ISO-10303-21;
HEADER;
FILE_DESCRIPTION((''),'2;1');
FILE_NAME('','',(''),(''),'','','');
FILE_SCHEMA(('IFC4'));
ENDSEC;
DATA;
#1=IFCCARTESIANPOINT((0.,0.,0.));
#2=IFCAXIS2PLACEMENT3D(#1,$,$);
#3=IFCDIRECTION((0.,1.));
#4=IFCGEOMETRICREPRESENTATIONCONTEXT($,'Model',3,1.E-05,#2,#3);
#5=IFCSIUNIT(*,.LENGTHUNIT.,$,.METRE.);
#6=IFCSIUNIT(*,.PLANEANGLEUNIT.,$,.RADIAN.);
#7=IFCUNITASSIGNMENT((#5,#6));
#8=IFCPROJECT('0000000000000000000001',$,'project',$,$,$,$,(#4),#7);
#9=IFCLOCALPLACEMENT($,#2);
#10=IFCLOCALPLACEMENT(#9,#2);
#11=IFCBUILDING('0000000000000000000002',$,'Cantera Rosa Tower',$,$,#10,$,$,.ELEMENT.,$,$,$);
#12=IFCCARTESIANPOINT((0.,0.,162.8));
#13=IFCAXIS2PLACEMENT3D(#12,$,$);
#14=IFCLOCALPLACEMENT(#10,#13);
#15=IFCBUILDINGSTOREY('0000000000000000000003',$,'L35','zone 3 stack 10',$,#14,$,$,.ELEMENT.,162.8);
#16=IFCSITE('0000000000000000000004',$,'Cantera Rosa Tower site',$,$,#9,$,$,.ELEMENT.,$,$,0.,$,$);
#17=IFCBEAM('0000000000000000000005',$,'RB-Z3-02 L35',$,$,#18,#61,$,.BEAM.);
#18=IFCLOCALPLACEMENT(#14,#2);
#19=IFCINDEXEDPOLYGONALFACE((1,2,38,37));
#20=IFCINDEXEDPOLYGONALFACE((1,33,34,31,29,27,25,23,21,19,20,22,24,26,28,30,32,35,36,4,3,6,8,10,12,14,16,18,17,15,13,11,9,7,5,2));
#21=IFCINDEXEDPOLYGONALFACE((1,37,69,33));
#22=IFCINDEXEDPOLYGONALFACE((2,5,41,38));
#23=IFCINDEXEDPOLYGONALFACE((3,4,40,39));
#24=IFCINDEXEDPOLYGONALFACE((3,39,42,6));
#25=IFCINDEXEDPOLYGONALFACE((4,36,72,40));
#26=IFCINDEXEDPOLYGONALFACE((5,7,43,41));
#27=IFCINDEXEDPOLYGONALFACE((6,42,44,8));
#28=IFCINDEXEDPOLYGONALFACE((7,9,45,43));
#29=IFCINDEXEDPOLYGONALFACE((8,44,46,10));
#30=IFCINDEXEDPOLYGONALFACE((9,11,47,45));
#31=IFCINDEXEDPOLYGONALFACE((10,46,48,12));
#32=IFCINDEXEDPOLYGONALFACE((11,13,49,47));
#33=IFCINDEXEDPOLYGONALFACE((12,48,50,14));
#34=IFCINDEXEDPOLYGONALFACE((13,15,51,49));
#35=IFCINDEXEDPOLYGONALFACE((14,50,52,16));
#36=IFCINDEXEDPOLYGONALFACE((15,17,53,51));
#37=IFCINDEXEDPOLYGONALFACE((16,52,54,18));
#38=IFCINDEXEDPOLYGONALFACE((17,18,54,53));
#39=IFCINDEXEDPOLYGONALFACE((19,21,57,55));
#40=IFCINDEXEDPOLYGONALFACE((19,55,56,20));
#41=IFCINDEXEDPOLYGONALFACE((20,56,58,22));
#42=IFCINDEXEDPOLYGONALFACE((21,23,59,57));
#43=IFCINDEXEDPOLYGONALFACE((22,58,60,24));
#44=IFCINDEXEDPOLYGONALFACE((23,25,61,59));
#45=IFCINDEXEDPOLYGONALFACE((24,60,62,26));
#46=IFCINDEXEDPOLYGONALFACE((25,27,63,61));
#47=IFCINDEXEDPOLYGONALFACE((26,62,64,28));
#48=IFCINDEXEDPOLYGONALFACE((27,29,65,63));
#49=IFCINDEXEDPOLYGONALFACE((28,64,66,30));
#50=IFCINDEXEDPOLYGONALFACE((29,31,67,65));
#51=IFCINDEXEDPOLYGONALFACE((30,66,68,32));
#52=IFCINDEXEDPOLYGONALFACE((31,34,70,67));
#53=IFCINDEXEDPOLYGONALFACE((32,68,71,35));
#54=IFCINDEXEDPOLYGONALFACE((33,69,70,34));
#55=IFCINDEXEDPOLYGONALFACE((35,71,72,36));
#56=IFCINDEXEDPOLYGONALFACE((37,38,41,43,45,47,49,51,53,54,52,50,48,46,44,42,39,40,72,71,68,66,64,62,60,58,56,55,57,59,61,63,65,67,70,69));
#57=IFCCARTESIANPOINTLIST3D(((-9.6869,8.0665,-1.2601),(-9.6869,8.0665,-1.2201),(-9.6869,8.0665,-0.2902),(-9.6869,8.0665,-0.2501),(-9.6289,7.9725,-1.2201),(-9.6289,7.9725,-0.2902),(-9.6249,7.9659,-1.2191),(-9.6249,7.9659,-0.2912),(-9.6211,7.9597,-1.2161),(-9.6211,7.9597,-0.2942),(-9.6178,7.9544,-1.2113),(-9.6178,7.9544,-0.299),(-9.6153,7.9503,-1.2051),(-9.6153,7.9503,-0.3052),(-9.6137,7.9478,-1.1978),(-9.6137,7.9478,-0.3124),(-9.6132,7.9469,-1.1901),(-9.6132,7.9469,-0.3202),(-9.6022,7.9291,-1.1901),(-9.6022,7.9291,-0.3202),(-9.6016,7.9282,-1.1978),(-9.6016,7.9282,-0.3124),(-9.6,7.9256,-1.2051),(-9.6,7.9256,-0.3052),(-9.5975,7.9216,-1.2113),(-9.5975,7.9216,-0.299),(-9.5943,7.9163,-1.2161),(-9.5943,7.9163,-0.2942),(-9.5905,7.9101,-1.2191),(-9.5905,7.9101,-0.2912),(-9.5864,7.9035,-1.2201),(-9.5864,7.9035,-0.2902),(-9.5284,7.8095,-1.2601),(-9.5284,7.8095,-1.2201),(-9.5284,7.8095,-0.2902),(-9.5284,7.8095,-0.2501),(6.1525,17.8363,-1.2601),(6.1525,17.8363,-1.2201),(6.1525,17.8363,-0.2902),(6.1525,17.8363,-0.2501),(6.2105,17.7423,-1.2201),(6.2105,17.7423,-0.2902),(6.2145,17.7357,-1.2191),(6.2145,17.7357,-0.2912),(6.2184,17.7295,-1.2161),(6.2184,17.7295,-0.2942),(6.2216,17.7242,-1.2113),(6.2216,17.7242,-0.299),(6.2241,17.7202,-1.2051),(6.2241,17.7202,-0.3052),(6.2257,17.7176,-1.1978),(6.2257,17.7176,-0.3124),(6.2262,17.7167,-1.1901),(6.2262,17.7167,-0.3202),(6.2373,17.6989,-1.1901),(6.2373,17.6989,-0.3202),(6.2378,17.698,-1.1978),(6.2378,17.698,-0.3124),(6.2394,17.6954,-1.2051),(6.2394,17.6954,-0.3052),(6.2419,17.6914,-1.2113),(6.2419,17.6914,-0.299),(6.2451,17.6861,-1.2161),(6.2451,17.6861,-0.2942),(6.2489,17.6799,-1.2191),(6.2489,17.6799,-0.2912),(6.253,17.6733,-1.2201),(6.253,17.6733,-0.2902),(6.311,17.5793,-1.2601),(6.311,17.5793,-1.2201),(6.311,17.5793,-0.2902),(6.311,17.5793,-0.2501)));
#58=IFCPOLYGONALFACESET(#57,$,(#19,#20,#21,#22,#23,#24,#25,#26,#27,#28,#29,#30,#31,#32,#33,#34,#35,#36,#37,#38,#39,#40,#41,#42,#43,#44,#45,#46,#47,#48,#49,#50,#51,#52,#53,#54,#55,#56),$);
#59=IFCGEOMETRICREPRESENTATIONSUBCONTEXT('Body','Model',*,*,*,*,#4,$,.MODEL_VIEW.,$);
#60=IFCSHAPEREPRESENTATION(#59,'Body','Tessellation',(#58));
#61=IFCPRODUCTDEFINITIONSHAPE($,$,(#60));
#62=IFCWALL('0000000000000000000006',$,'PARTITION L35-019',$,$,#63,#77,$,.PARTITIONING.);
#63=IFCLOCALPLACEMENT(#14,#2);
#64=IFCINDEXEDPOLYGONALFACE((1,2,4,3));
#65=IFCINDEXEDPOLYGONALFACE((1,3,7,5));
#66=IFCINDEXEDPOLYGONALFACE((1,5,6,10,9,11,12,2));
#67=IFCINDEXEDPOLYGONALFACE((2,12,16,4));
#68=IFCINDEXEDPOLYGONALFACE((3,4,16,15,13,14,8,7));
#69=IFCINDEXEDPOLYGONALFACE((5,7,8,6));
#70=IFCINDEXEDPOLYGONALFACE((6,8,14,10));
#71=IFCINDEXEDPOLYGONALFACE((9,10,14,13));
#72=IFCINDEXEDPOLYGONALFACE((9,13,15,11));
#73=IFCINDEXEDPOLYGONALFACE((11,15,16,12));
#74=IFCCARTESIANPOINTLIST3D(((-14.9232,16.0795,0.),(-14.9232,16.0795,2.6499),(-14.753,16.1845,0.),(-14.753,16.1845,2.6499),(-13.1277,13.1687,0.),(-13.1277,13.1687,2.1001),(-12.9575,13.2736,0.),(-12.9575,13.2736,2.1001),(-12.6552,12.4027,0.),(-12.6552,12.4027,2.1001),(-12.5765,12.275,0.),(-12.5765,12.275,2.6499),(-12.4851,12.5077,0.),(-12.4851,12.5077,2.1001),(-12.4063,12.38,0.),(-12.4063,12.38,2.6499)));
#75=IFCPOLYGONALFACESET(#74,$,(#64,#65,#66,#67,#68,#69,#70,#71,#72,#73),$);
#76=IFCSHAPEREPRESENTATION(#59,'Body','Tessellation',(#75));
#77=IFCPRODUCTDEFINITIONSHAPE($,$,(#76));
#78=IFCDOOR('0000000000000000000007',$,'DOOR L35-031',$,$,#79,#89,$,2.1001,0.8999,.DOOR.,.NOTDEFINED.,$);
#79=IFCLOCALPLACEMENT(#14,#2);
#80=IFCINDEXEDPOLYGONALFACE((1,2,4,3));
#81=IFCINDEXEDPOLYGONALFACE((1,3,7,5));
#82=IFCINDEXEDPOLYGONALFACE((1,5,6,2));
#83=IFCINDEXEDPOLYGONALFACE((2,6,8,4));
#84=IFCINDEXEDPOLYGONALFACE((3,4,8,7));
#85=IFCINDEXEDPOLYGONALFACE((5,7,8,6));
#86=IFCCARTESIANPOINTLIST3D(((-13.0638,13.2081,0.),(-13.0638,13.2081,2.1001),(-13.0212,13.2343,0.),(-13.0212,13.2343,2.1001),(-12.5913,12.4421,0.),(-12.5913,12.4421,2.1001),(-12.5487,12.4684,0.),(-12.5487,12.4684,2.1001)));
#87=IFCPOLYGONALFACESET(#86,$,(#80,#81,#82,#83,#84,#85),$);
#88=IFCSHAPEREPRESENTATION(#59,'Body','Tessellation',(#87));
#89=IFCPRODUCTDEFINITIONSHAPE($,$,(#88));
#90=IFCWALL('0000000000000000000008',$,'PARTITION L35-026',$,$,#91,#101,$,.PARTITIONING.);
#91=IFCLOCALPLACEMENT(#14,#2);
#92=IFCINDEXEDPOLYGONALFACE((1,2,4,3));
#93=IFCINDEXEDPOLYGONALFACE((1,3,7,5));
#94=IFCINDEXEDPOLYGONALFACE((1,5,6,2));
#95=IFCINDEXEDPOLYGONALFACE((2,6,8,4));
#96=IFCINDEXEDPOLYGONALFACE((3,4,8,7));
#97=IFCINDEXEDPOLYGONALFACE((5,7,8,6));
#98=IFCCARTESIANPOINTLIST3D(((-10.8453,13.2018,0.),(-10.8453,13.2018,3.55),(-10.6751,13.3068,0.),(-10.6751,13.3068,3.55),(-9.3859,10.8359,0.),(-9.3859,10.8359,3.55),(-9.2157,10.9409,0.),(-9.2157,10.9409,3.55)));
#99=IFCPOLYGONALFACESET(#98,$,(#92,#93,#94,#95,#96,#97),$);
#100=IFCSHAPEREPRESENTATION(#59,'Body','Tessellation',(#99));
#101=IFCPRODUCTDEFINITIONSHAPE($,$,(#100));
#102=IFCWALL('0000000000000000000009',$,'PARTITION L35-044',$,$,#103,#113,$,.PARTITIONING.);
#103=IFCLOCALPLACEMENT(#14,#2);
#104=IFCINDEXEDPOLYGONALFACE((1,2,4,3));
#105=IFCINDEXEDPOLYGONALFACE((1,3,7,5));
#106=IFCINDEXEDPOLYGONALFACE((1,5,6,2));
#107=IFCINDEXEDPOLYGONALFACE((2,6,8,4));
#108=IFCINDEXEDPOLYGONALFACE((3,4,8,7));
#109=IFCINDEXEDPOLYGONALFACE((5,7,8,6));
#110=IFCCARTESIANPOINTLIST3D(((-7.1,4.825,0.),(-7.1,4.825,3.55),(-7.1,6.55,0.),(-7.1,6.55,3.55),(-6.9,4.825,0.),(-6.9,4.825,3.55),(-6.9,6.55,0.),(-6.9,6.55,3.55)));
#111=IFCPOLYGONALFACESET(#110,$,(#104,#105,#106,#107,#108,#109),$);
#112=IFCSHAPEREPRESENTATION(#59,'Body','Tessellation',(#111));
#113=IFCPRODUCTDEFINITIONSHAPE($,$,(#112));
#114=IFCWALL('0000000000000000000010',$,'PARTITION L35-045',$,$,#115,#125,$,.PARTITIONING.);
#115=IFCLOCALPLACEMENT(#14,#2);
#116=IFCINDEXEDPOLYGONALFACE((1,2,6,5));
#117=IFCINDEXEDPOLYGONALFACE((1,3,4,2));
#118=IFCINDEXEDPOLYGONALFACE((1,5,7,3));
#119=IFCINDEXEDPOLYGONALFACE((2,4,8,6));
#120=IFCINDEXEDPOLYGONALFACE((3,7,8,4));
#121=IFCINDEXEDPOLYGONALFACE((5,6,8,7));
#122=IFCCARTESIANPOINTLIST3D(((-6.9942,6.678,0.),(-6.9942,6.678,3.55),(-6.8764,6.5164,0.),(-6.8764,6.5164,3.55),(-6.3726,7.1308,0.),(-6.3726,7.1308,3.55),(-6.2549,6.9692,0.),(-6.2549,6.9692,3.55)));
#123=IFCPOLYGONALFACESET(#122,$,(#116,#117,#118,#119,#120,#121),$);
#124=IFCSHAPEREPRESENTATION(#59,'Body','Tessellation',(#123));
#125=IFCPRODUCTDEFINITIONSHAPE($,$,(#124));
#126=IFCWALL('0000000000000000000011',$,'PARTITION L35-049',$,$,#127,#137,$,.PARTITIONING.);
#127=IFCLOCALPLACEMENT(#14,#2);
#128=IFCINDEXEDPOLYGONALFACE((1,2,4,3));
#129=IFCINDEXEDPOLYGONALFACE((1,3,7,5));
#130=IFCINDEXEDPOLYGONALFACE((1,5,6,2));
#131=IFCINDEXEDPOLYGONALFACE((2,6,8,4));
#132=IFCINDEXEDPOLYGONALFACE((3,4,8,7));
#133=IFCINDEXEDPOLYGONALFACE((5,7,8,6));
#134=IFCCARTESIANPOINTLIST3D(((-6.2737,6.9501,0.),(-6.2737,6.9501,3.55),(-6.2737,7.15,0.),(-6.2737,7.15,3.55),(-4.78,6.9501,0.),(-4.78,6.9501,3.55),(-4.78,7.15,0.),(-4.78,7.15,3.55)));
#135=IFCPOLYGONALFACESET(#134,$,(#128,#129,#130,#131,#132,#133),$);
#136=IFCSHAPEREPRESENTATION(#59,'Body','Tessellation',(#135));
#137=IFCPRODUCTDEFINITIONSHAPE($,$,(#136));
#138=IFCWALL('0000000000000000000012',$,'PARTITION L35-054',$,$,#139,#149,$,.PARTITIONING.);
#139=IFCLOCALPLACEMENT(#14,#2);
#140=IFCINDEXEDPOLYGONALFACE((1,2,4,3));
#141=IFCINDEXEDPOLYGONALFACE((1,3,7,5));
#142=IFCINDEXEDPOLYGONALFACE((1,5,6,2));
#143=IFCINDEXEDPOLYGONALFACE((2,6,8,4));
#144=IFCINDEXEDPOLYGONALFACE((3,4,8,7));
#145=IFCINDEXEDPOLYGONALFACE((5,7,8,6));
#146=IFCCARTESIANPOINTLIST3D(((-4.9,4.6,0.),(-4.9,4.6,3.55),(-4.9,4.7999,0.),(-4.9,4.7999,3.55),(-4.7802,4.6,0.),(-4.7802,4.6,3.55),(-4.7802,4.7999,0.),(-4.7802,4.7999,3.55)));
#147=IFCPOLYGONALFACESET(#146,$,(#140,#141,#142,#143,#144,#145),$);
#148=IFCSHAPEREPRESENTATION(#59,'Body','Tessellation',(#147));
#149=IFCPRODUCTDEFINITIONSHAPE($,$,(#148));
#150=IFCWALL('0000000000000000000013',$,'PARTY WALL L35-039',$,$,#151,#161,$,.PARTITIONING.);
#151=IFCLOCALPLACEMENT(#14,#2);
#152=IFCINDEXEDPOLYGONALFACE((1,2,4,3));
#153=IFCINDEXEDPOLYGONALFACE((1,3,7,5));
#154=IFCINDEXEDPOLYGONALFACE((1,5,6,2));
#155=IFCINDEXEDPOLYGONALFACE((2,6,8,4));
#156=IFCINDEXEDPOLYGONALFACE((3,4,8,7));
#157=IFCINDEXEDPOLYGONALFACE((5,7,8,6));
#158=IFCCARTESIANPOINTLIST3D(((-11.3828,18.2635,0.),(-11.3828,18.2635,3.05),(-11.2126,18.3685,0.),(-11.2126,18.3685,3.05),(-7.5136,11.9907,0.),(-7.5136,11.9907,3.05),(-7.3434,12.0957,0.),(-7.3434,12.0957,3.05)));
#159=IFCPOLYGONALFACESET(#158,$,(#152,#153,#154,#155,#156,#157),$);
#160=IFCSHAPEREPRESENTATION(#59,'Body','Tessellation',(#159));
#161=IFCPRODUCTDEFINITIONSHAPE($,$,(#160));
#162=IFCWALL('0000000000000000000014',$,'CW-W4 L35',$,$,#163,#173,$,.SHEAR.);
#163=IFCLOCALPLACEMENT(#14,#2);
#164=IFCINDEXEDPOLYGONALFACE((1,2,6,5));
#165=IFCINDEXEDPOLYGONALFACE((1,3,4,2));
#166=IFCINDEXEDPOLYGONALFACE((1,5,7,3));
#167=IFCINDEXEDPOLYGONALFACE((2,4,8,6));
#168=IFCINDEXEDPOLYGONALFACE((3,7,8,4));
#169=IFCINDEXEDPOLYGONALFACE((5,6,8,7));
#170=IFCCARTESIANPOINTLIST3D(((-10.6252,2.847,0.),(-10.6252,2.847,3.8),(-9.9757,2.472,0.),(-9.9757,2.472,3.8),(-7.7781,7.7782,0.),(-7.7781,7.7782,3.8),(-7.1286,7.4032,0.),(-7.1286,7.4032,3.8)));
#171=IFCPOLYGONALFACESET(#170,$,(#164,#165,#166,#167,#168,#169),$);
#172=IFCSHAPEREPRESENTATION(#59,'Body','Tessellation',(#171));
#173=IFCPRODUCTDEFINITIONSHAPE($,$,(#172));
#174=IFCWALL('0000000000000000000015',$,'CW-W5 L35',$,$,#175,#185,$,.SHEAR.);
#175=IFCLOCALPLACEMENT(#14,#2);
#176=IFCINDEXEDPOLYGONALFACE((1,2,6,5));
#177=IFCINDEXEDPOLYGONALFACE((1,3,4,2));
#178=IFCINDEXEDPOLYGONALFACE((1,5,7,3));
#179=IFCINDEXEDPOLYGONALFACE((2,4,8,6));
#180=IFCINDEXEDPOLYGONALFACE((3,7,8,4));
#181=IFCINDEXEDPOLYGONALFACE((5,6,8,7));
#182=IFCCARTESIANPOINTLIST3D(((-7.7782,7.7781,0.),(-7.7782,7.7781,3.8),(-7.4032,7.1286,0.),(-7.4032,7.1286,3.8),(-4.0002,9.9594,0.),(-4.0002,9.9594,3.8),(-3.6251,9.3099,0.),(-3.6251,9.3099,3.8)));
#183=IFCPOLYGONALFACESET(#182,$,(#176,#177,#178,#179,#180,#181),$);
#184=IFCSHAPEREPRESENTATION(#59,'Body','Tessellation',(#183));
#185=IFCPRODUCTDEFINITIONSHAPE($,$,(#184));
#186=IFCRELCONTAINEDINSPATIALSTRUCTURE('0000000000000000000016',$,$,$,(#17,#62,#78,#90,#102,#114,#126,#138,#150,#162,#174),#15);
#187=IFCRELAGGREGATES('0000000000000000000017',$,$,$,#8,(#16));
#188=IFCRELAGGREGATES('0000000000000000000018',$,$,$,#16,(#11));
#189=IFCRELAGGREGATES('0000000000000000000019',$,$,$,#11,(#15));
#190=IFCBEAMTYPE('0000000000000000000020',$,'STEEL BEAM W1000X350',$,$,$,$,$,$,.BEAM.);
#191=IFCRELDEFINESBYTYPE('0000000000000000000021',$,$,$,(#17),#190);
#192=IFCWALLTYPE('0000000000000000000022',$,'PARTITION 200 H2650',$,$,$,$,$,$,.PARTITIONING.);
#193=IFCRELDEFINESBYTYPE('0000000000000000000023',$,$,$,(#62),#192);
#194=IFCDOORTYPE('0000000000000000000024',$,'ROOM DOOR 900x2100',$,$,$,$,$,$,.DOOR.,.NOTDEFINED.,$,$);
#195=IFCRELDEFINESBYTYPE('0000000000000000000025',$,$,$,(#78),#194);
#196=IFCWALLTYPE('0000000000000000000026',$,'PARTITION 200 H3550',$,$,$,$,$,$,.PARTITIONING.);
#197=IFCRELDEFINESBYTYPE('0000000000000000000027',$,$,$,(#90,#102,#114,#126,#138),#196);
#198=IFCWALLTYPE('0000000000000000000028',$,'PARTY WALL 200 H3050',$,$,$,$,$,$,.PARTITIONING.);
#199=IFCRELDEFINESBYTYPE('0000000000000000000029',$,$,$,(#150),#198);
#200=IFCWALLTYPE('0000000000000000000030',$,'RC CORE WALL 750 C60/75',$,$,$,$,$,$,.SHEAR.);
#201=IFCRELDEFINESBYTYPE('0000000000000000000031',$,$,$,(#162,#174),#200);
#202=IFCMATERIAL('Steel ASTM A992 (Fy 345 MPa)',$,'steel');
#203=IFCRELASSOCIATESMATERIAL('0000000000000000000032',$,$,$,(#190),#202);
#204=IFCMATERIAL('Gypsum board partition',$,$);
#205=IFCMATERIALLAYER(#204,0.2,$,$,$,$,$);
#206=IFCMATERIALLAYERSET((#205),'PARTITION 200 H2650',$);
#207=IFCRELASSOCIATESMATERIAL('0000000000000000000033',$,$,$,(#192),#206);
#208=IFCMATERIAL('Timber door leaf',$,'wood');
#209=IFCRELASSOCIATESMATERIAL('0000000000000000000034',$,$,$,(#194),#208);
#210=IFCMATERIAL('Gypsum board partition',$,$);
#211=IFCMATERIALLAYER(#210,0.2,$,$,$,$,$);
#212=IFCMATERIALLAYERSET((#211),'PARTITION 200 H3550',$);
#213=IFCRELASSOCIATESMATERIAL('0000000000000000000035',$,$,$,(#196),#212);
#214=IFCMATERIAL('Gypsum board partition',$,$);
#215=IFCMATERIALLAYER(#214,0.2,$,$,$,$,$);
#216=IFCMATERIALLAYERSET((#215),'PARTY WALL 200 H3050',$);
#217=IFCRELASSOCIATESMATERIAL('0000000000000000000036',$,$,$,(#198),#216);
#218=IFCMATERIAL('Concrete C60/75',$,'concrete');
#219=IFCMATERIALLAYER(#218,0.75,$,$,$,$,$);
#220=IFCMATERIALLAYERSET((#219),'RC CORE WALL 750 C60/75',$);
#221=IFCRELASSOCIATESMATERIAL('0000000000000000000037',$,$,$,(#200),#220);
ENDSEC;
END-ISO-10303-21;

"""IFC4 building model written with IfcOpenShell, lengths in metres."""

from ifc_helpers import new_model, si_unit, direction, frame, frame_2d, origin, origin_2d, place, context, subcontext, project, spatial, rectangle, i_section, extrude, material, layer, layer_set, material_profile, profile_set, type_object, element, fill, save


model = new_model("IFC4")

# Units and contexts
model_context = context("Model", 3, precision=1e-05, world=origin(), true_north=direction((0.0, 1.0)))
body_context = subcontext(model_context, "Body", "Model", "MODEL_VIEW")
ifc_project = project(units=[si_unit("LENGTHUNIT", "METRE"), si_unit("PLANEANGLEUNIT", "RADIAN")], contexts=[model_context])

# Site, building, storey
site_placement = place(None, origin())
site = spatial("IfcSite", under=ifc_project, at=site_placement, Name="Cantera Rosa Tower site", CompositionType="ELEMENT", RefElevation=0.0)
building_placement = place(site_placement, origin())
building = spatial("IfcBuilding", under=site, at=building_placement, Name="Cantera Rosa Tower", CompositionType="ELEMENT")
storey_placement = place(building_placement, frame((0.0, 0.0, 162.8)))
storey = spatial("IfcBuildingStorey", under=building, at=storey_placement, Name="L35", Description="zone 3 stack 10", CompositionType="ELEMENT", Elevation=162.8)

# Beam
ifc_material_1 = material(Name="Steel ASTM A992 (Fy 345 MPa)", Category="steel")
ifc_material_profile = material_profile(ifc_material_1, i_section(OverallWidth=0.302, OverallDepth=1.01, WebThickness=0.021, FlangeThickness=0.04, FilletRadius=0.03, at=origin_2d()), Name="W1000X350")
ifc_profile_set = profile_set([ifc_material_profile], Name="Steel ASTM A992 (Fy 345 MPa)")
beam_type = type_object("IfcBeamType", Name="STEEL BEAM W1000X350", PredefinedType="BEAM", material=ifc_profile_set)
beam_placement = place(storey_placement, frame((-9.6077, 7.938, -0.7551), z_axis=(0.851119, 0.524973, 0.0), x_axis=(-0.524973, 0.851119, 0.0)))
element("IfcBeam", 1, at=beam_placement, inside=storey, type_object=beam_type, Name="RB-Z3-02 L35", PredefinedType="BEAM", context=body_context, shape_type="SweptSolid", body=[
    extrude(i_section(OverallWidth=0.302, OverallDepth=1.01, WebThickness=0.021, FlangeThickness=0.04, FilletRadius=0.03, at=origin_2d()), origin(), (0.0, 0.0, 1.0), 18.6101),
])

# Wall, opening, door
ifc_material_2 = material(Name="Gypsum board partition")
ifc_layer_1 = layer(ifc_material_2, 0.2)
ifc_layer_set_1 = layer_set([ifc_layer_1], Name="PARTITION 200 H2650")
wall_type_1 = type_object("IfcWallType", Name="PARTITION 200 H2650", PredefinedType="PARTITIONING", material=ifc_layer_set_1)
wall_1_placement = place(storey_placement, frame((-12.4915, 12.3276, 0.0), z_axis=(0.0, 0.0, 1.0), x_axis=(-0.524987, 0.85111, 0.0)))
wall_1 = element("IfcWall", 2, at=wall_1_placement, inside=storey, type_object=wall_type_1, Name="PARTITION L35-019", PredefinedType="PARTITIONING", context=body_context, shape_type="SweptSolid", body=[
    extrude(rectangle(XDim=4.47, YDim=0.2, at=frame_2d((2.2349, 0.0))), origin(), (0.0, 0.0, 1.0), 2.6499),
])
opening_1_placement = place(wall_1_placement, frame((0.1499, 0.0, 0.0)))
opening_1 = element("IfcOpeningElement", 3, at=opening_1_placement, cuts=wall_1, PredefinedType="OPENING", context=body_context, shape_type="SweptSolid", body=[
    extrude(rectangle(XDim=0.8999, YDim=2.1001, at=frame_2d((0.45, 1.05))), frame((0.0, 0.1099, 0.0), z_axis=(0.0, -1.0, 0.0), x_axis=(1.0, 0.0, 0.0)), (0.0, 0.0, 1.0), 0.22),
])
ifc_material_3 = material(Name="Timber door leaf", Category="wood")
door_type_1 = type_object("IfcDoorType", Name="ROOM DOOR 900x2100", OperationType="NOTDEFINED", PredefinedType="DOOR", material=ifc_material_3)
door_1_placement = place(opening_1_placement, origin())
door_1 = element("IfcDoor", 4, at=door_1_placement, inside=storey, type_object=door_type_1, Name="DOOR L35-031", OperationType="NOTDEFINED", OverallHeight=2.1001, OverallWidth=0.8999, PredefinedType="DOOR", context=body_context, shape_type="SweptSolid", body=[
    extrude(rectangle(XDim=0.8999, YDim=2.1001, at=frame_2d((0.45, 1.05))), frame((0.0, 0.0249, 0.0), z_axis=(0.0, -1.0, 0.0), x_axis=(1.0, 0.0, 0.0)), (0.0, 0.0, 1.0), 0.05),
])
fill(opening_1, door_1)

# Walls
ifc_material_4 = material(Name="Gypsum board partition")
ifc_layer_2 = layer(ifc_material_4, 0.2)
ifc_layer_set_2 = layer_set([ifc_layer_2], Name="PARTITION 200 H3550")
wall_type_2 = type_object("IfcWallType", Name="PARTITION 200 H3550", PredefinedType="PARTITIONING", material=ifc_layer_set_2)
wall_2_placement = place(storey_placement, frame((-9.3008, 10.8884, 0.0), z_axis=(0.0, 0.0, 1.0), x_axis=(-0.525009, 0.851097, 0.0)))
element("IfcWall", 5, at=wall_2_placement, inside=storey, type_object=wall_type_2, Name="PARTITION L35-026", PredefinedType="PARTITIONING", context=body_context, shape_type="SweptSolid", body=[
    extrude(rectangle(XDim=2.7798, YDim=0.2, at=frame_2d((1.3899, 0.0))), origin(), (0.0, 0.0, 1.0), 3.55),
])
wall_3_placement = place(storey_placement, frame((-7.0, 4.825, 0.0), z_axis=(0.0, 0.0, 1.0), x_axis=(0.0, 1.0, 0.0)))
element("IfcWall", 6, at=wall_3_placement, inside=storey, type_object=wall_type_2, Name="PARTITION L35-044", PredefinedType="PARTITIONING", context=body_context, shape_type="SweptSolid", body=[
    extrude(rectangle(XDim=1.7251, YDim=0.2, at=frame_2d((0.8625, 0.0))), origin(), (0.0, 0.0, 1.0), 3.55),
])
wall_4_placement = place(storey_placement, frame((-6.9353, 6.5972, 0.0), z_axis=(0.0, 0.0, 1.0), x_axis=(0.808228, 0.58887, 0.0)))
element("IfcWall", 7, at=wall_4_placement, inside=storey, type_object=wall_type_2, Name="PARTITION L35-045", PredefinedType="PARTITIONING", context=body_context, shape_type="SweptSolid", body=[
    extrude(rectangle(XDim=0.769, YDim=0.2, at=frame_2d((0.3845, 0.0))), origin(), (0.0, 0.0, 1.0), 3.55),
])
wall_5_placement = place(storey_placement, frame((-6.2737, 7.05, 0.0), z_axis=(0.0, 0.0, 1.0), x_axis=(1.0, 0.0, 0.0)))
element("IfcWall", 8, at=wall_5_placement, inside=storey, type_object=wall_type_2, Name="PARTITION L35-049", PredefinedType="PARTITIONING", context=body_context, shape_type="SweptSolid", body=[
    extrude(rectangle(XDim=1.4937, YDim=0.2, at=frame_2d((0.7468, 0.0))), origin(), (0.0, 0.0, 1.0), 3.55),
])
wall_6_placement = place(storey_placement, frame((-4.78, 4.7, 0.0), z_axis=(0.0, 0.0, 1.0), x_axis=(-1.0, 0.0, 0.0)))
element("IfcWall", 9, at=wall_6_placement, inside=storey, type_object=wall_type_2, Name="PARTITION L35-054", PredefinedType="PARTITIONING", context=body_context, shape_type="SweptSolid", body=[
    extrude(rectangle(XDim=0.1199, YDim=0.2, at=frame_2d((0.0601, 0.0))), origin(), (0.0, 0.0, 1.0), 3.55),
])
ifc_material_5 = material(Name="Gypsum board partition")
ifc_layer_3 = layer(ifc_material_5, 0.2)
ifc_layer_set_3 = layer_set([ifc_layer_3], Name="PARTY WALL 200 H3050")
wall_type_3 = type_object("IfcWallType", Name="PARTY WALL 200 H3050", PredefinedType="PARTITIONING", material=ifc_layer_set_3)
wall_7_placement = place(storey_placement, frame((-7.4285, 12.0432, 0.0), z_axis=(0.0, 0.0, 1.0), x_axis=(-0.524984, 0.851112, 0.0)))
element("IfcWall", 10, at=wall_7_placement, inside=storey, type_object=wall_type_3, Name="PARTY WALL L35-039", PredefinedType="PARTITIONING", context=body_context, shape_type="SweptSolid", body=[
    extrude(rectangle(XDim=7.3701, YDim=0.2, at=frame_2d((3.6851, 0.0))), origin(), (0.0, 0.0, 1.0), 3.05),
])
ifc_material_6 = material(Name="Concrete C60/75", Category="concrete")
ifc_layer_4 = layer(ifc_material_6, 0.75)
ifc_layer_set_4 = layer_set([ifc_layer_4], Name="RC CORE WALL 750 C60/75")
wall_type_4 = type_object("IfcWallType", Name="RC CORE WALL 750 C60/75", PredefinedType="SHEAR", material=ifc_layer_set_4)
wall_8_placement = place(storey_placement, frame((-10.3005, 2.6594, 0.0), z_axis=(0.0, 0.0, 1.0), x_axis=(0.500022, 0.866013, 0.0)))
element("IfcWall", 11, at=wall_8_placement, inside=storey, type_object=wall_type_4, Name="CW-W4 L35", PredefinedType="SHEAR", context=body_context, shape_type="SweptSolid", body=[
    extrude(rectangle(XDim=5.6941, YDim=0.75, at=frame_2d((2.8472, 0.0))), origin(), (0.0, 0.0, 1.0), 3.8),
])
wall_9_placement = place(storey_placement, frame((-7.5906, 7.4534, 0.0), z_axis=(0.0, 0.0, 1.0), x_axis=(0.866013, 0.500021, 0.0)))
element("IfcWall", 12, at=wall_9_placement, inside=storey, type_object=wall_type_4, Name="CW-W5 L35", PredefinedType="SHEAR", context=body_context, shape_type="SweptSolid", body=[
    extrude(rectangle(XDim=4.3625, YDim=0.75, at=frame_2d((2.1812, 0.0))), origin(), (0.0, 0.0, 1.0), 3.8),
])

save(model, "model.ifc")
